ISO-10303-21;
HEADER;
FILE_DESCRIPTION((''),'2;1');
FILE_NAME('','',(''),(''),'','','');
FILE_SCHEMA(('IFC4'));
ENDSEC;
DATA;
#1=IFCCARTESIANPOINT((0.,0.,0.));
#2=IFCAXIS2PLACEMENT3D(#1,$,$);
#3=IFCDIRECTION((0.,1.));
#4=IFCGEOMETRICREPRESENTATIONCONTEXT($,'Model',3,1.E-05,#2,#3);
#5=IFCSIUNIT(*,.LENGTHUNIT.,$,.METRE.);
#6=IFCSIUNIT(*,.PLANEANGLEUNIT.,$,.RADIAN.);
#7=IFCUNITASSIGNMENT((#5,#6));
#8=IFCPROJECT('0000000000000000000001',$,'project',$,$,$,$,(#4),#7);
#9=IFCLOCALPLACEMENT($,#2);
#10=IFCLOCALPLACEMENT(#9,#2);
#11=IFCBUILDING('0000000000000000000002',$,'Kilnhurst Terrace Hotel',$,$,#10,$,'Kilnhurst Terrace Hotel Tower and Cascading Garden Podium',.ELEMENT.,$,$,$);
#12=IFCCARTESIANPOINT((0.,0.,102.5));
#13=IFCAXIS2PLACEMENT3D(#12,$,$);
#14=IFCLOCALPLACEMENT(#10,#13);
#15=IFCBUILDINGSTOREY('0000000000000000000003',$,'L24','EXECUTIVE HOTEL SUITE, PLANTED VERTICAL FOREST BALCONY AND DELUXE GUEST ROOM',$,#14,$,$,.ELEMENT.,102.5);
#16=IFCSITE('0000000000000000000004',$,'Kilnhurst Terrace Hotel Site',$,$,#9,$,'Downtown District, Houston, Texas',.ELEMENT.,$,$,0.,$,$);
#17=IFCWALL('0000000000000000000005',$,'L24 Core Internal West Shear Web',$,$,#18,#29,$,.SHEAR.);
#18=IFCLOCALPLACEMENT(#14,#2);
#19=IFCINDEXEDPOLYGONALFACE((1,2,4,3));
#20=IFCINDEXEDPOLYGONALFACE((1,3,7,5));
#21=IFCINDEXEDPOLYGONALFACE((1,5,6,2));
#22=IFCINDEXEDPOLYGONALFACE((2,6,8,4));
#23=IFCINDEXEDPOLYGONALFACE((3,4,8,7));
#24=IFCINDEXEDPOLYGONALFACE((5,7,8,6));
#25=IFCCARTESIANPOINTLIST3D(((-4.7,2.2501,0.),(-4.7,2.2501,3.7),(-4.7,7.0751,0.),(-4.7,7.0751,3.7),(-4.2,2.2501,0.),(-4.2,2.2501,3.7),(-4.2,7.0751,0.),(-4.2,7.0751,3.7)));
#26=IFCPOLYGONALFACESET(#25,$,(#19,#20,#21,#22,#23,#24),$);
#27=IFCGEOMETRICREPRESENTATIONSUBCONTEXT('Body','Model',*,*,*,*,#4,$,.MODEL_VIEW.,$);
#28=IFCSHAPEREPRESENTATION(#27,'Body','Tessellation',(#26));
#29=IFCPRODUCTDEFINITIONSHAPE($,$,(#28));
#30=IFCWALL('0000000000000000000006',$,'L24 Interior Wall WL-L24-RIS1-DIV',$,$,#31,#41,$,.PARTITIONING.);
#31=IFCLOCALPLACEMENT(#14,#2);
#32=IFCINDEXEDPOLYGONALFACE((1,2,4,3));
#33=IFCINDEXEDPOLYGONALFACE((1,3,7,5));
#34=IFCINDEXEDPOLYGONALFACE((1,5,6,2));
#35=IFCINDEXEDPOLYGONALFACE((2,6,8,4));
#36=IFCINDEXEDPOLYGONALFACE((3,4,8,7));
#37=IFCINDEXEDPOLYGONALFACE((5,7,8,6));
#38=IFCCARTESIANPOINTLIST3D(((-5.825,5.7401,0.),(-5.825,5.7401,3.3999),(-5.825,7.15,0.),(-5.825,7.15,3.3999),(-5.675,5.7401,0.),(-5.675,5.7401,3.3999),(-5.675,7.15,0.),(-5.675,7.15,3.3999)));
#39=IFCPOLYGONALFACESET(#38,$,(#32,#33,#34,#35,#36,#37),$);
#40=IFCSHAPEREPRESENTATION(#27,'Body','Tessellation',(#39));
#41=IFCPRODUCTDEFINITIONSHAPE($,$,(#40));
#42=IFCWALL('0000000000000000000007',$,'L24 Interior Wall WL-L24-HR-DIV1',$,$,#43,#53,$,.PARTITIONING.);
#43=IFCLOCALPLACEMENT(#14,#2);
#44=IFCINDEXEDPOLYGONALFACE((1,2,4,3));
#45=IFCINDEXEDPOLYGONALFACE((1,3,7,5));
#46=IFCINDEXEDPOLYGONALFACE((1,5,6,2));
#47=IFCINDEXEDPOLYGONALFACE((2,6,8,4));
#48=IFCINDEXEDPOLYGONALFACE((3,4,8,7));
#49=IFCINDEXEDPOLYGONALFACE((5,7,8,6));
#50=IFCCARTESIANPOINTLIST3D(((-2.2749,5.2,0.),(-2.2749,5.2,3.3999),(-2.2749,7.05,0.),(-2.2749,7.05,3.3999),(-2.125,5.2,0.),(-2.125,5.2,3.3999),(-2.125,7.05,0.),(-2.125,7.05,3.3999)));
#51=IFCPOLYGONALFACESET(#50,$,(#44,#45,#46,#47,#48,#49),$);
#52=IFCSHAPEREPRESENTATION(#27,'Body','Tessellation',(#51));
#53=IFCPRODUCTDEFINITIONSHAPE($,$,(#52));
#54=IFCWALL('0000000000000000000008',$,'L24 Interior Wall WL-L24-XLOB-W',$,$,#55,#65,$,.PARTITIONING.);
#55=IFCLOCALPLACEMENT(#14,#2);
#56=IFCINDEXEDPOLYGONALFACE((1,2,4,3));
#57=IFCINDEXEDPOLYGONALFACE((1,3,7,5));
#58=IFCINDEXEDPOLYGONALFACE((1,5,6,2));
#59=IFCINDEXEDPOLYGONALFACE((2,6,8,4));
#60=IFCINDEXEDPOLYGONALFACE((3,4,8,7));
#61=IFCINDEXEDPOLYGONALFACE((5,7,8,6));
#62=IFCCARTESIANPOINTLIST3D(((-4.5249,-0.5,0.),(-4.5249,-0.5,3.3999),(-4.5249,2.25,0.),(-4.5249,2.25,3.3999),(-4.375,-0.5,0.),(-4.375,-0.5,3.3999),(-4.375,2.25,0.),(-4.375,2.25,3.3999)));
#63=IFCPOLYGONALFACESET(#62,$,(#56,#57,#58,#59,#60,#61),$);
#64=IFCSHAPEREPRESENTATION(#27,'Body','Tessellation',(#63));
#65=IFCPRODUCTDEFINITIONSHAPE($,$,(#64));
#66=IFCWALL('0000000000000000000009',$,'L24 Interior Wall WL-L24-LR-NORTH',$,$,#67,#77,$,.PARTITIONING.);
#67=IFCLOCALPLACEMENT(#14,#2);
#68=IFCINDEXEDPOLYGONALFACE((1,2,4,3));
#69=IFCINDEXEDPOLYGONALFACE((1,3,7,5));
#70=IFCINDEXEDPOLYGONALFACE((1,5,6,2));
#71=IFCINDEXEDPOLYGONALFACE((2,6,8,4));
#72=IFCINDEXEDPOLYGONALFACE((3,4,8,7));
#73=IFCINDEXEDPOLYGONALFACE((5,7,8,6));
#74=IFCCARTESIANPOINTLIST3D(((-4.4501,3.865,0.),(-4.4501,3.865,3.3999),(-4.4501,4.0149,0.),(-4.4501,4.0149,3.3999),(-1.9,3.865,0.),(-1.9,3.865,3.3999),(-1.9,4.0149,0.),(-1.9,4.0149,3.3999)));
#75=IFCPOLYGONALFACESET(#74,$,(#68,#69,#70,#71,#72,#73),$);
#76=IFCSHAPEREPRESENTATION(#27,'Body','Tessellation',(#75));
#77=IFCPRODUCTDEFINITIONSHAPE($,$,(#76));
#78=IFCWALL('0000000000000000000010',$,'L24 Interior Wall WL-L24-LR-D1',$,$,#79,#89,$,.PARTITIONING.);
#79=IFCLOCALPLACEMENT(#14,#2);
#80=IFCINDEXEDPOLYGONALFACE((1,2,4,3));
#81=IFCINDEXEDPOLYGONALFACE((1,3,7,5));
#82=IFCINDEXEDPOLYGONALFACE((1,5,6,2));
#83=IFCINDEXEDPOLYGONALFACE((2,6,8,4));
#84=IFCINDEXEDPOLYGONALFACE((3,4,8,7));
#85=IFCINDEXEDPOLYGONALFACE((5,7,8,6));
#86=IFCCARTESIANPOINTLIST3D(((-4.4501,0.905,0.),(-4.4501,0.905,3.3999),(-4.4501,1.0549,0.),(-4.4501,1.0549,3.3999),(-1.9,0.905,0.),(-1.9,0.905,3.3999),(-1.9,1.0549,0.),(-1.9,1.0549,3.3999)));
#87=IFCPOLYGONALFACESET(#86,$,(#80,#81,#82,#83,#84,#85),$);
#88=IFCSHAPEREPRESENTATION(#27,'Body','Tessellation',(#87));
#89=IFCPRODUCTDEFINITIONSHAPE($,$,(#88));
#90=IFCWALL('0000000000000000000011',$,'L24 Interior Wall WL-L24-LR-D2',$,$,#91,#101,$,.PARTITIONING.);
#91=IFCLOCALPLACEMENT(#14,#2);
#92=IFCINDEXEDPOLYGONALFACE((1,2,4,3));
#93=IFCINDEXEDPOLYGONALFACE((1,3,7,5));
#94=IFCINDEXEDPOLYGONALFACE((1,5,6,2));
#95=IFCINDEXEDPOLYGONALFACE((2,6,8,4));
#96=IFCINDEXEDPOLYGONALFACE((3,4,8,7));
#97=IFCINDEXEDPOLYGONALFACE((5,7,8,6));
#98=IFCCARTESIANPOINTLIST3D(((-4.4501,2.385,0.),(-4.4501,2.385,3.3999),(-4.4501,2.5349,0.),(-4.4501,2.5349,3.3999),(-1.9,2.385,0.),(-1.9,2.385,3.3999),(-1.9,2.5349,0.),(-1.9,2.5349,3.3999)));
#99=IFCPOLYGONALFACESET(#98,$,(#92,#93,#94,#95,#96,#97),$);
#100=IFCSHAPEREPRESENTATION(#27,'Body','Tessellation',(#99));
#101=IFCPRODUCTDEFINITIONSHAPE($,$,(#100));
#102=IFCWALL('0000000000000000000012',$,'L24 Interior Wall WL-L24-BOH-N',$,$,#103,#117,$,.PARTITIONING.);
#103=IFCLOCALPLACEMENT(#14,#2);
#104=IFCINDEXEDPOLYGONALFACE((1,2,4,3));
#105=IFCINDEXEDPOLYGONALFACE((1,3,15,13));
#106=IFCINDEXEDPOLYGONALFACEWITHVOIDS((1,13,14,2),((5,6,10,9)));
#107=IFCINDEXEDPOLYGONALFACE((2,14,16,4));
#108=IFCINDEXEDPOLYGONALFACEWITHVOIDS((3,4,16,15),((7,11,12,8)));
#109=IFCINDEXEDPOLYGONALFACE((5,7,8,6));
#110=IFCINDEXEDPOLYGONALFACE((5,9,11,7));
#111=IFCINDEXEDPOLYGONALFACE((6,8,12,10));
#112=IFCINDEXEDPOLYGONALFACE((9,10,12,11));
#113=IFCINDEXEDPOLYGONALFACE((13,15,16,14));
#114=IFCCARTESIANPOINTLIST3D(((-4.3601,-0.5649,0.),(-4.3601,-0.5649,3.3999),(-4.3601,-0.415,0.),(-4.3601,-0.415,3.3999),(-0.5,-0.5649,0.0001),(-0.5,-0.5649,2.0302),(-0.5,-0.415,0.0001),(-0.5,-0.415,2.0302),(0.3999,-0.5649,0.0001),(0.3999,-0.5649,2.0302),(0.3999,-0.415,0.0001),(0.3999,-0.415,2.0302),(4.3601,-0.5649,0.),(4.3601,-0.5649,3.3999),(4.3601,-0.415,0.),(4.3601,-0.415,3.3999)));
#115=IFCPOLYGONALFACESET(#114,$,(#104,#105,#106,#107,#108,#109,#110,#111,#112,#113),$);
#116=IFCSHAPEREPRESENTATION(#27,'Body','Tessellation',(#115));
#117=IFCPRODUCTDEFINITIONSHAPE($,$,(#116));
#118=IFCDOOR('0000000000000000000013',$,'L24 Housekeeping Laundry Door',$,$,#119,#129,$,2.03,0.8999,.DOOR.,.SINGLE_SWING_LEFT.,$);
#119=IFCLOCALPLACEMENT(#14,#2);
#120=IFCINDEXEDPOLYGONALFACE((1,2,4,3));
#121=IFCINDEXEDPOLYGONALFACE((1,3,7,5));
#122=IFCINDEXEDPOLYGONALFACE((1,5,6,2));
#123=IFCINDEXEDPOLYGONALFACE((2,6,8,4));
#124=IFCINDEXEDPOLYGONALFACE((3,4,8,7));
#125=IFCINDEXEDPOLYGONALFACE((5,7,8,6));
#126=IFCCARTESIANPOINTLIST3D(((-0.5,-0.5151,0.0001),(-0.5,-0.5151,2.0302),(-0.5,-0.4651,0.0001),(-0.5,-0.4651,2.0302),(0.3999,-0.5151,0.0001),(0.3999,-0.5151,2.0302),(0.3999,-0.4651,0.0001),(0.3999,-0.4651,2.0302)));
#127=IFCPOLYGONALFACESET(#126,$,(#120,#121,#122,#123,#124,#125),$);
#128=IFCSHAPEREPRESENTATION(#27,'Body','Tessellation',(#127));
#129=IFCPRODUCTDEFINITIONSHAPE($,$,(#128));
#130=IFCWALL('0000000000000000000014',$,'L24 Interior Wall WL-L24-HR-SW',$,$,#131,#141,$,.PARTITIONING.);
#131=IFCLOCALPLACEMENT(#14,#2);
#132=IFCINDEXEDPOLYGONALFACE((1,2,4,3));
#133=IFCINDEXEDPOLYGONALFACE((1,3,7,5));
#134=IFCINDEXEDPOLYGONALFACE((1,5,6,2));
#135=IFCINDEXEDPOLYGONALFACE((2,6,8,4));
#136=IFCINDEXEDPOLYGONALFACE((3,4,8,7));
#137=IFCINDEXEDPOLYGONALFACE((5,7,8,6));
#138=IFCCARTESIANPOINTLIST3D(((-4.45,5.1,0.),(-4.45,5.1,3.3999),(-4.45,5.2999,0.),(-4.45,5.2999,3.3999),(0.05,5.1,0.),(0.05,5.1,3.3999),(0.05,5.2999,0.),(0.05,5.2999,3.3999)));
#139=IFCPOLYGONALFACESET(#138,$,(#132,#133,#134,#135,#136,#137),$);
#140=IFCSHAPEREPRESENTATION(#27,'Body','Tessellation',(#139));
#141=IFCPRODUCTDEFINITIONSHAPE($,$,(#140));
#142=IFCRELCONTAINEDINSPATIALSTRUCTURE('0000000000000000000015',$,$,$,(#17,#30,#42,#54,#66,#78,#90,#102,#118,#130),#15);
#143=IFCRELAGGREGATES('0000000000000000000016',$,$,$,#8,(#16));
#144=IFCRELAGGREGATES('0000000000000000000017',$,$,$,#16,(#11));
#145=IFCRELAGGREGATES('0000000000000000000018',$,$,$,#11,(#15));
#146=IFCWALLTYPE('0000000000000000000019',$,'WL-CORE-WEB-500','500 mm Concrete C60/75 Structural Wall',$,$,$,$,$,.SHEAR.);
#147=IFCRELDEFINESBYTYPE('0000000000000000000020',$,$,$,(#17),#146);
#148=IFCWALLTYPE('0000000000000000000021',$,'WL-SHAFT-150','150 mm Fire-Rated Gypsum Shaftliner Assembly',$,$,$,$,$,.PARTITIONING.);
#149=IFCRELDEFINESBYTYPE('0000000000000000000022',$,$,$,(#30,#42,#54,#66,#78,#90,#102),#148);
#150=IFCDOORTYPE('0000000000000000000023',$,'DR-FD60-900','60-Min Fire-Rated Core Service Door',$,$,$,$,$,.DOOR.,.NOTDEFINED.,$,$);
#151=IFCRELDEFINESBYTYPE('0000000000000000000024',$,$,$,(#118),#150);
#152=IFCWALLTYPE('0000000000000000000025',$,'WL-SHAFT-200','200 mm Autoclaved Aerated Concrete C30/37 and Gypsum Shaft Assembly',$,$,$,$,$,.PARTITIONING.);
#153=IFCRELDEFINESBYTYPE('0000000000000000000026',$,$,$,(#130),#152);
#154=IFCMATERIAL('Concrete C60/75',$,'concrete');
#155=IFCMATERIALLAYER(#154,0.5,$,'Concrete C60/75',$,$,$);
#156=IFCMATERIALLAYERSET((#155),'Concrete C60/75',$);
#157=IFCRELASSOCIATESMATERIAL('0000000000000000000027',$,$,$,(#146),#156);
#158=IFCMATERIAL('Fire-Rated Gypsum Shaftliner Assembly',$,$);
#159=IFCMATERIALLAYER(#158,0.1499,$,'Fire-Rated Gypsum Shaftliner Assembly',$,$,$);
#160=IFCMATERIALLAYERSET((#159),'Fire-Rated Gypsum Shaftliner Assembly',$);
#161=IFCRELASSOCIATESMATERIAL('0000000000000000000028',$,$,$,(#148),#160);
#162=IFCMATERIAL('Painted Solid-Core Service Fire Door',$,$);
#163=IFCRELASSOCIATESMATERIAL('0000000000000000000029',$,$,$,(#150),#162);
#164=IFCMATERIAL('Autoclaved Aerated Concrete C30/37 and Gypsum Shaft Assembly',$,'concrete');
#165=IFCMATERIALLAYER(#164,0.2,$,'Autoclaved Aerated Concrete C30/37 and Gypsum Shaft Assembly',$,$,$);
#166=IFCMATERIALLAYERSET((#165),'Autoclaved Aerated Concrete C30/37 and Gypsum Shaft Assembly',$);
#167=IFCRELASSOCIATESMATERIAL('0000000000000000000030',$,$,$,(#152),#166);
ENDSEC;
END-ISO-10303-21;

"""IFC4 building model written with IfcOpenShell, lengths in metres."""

from ifc_helpers import new_model, si_unit, direction, frame, frame_2d, origin, place, context, subcontext, project, spatial, rectangle, extrude, material, layer, layer_set, type_object, element, fill, save


model = new_model("IFC4")

# Units and contexts
model_context = context("Model", 3, precision=1e-05, world=origin(), true_north=direction((0.0, 1.0)))
body_context = subcontext(model_context, "Body", "Model", "MODEL_VIEW")
ifc_project = project(units=[si_unit("LENGTHUNIT", "METRE"), si_unit("PLANEANGLEUNIT", "RADIAN")], contexts=[model_context])

# Site, building, storey
site_placement = place(None, origin())
site = spatial("IfcSite", under=ifc_project, at=site_placement, Name="Kilnhurst Terrace Hotel Site", LongName="Downtown District, Houston, Texas", CompositionType="ELEMENT", RefElevation=0.0)
building_placement = place(site_placement, origin())
building = spatial("IfcBuilding", under=site, at=building_placement, Name="Kilnhurst Terrace Hotel", LongName="Kilnhurst Terrace Hotel Tower and Cascading Garden Podium", CompositionType="ELEMENT")
storey_placement = place(building_placement, frame((0.0, 0.0, 102.5)))
storey = spatial("IfcBuildingStorey", under=building, at=storey_placement, Name="L24", Description="EXECUTIVE HOTEL SUITE, PLANTED VERTICAL FOREST BALCONY AND DELUXE GUEST ROOM", CompositionType="ELEMENT", Elevation=102.5)

# Walls
ifc_material_1 = material(Name="Concrete C60/75", Category="concrete")
ifc_layer_1 = layer(ifc_material_1, 0.5, Name="Concrete C60/75")
ifc_layer_set_1 = layer_set([ifc_layer_1], Name="Concrete C60/75")
wall_type_1 = type_object("IfcWallType", Name="WL-CORE-WEB-500", Description="500 mm Concrete C60/75 Structural Wall", PredefinedType="SHEAR", material=ifc_layer_set_1)
wall_1_placement = place(storey_placement, frame((-4.45, 2.25, 0.0), z_axis=(0.0, 0.0, 1.0), x_axis=(0.0, 1.0, 0.0)))
element("IfcWall", 1, at=wall_1_placement, inside=storey, type_object=wall_type_1, Name="L24 Core Internal West Shear Web", PredefinedType="SHEAR", context=body_context, shape_type="SweptSolid", body=[
    extrude(rectangle(XDim=4.825, YDim=0.5, at=frame_2d((2.4126, 0.0))), origin(), (0.0, 0.0, 1.0), 3.7),
])
ifc_material_2 = material(Name="Fire-Rated Gypsum Shaftliner Assembly")
ifc_layer_2 = layer(ifc_material_2, 0.1499, Name="Fire-Rated Gypsum Shaftliner Assembly")
ifc_layer_set_2 = layer_set([ifc_layer_2], Name="Fire-Rated Gypsum Shaftliner Assembly")
wall_type_2 = type_object("IfcWallType", Name="WL-SHAFT-150", Description="150 mm Fire-Rated Gypsum Shaftliner Assembly", PredefinedType="PARTITIONING", material=ifc_layer_set_2)
wall_2_placement = place(storey_placement, frame((-5.75, 5.74, 0.0), z_axis=(0.0, 0.0, 1.0), x_axis=(0.0, 1.0, 0.0)))
element("IfcWall", 2, at=wall_2_placement, inside=storey, type_object=wall_type_2, Name="L24 Interior Wall WL-L24-RIS1-DIV", PredefinedType="PARTITIONING", context=body_context, shape_type="SweptSolid", body=[
    extrude(rectangle(XDim=1.4099, YDim=0.1499, at=frame_2d((0.7051, 0.0))), origin(), (0.0, 0.0, 1.0), 3.3999),
])
wall_3_placement = place(storey_placement, frame((-2.2, 5.2, 0.0), z_axis=(0.0, 0.0, 1.0), x_axis=(0.0, 1.0, 0.0)))
element("IfcWall", 3, at=wall_3_placement, inside=storey, type_object=wall_type_2, Name="L24 Interior Wall WL-L24-HR-DIV1", PredefinedType="PARTITIONING", context=body_context, shape_type="SweptSolid", body=[
    extrude(rectangle(XDim=1.8501, YDim=0.1499, at=frame_2d((0.925, 0.0))), origin(), (0.0, 0.0, 1.0), 3.3999),
])
wall_4_placement = place(storey_placement, frame((-4.45, -0.5, 0.0), z_axis=(0.0, 0.0, 1.0), x_axis=(0.0, 1.0, 0.0)))
element("IfcWall", 4, at=wall_4_placement, inside=storey, type_object=wall_type_2, Name="L24 Interior Wall WL-L24-XLOB-W", PredefinedType="PARTITIONING", context=body_context, shape_type="SweptSolid", body=[
    extrude(rectangle(XDim=2.75, YDim=0.1499, at=frame_2d((1.375, 0.0))), origin(), (0.0, 0.0, 1.0), 3.3999),
])
for number, where, z_axis, x_axis, name in (
    (5, (-4.45, 3.9399, 0.0), (0.0, 0.0, 1.0), (1.0, 0.0, 0.0), "L24 Interior Wall WL-L24-LR-NORTH"),
    (6, (-4.45, 0.98, 0.0), (0.0, 0.0, 1.0), (1.0, 0.0, 0.0), "L24 Interior Wall WL-L24-LR-D1"),
    (7, (-4.45, 2.46, 0.0), (0.0, 0.0, 1.0), (1.0, 0.0, 0.0), "L24 Interior Wall WL-L24-LR-D2"),
):
    element("IfcWall", number, at=place(storey_placement, frame(where, z_axis=z_axis, x_axis=x_axis)), inside=storey, type_object=wall_type_2, Name=name, PredefinedType="PARTITIONING", context=body_context, shape_type="SweptSolid", body=[
        extrude(rectangle(XDim=2.55, YDim=0.1499, at=frame_2d((1.2749, 0.0))), origin(), (0.0, 0.0, 1.0), 3.3999),
    ])

# Wall, opening, door
wall_5_placement = place(storey_placement, frame((-4.3601, -0.49, 0.0), z_axis=(0.0, 0.0, 1.0), x_axis=(1.0, 0.0, 0.0)))
wall_5 = element("IfcWall", 8, at=wall_5_placement, inside=storey, type_object=wall_type_2, Name="L24 Interior Wall WL-L24-BOH-N", PredefinedType="PARTITIONING", context=body_context, shape_type="SweptSolid", body=[
    extrude(rectangle(XDim=8.7202, YDim=0.1499, at=frame_2d((4.3601, 0.0))), origin(), (0.0, 0.0, 1.0), 3.3999),
])
opening_1_placement = place(wall_5_placement, frame((3.8601, 0.0, 0.0)))
opening_1 = element("IfcOpeningElement", 9, at=opening_1_placement, cuts=wall_5, PredefinedType="OPENING", context=body_context, shape_type="SweptSolid", body=[
    extrude(rectangle(XDim=0.8999, YDim=2.03, at=frame_2d((0.45, 1.0151))), frame((0.0, 0.085, 0.0), z_axis=(0.0, -1.0, 0.0), x_axis=(1.0, 0.0, 0.0)), (0.0, 0.0, 1.0), 0.1699),
])
ifc_material_3 = material(Name="Painted Solid-Core Service Fire Door")
door_type_1 = type_object("IfcDoorType", Name="DR-FD60-900", Description="60-Min Fire-Rated Core Service Door", OperationType="NOTDEFINED", PredefinedType="DOOR", material=ifc_material_3)
door_1_placement = place(opening_1_placement, origin())
door_1 = element("IfcDoor", 10, at=door_1_placement, inside=storey, type_object=door_type_1, Name="L24 Housekeeping Laundry Door", OperationType="SINGLE_SWING_LEFT", OverallHeight=2.03, OverallWidth=0.8999, PredefinedType="DOOR", context=body_context, shape_type="SweptSolid", body=[
    extrude(rectangle(XDim=0.8999, YDim=2.03, at=frame_2d((0.45, 1.0151))), frame((0.0, 0.0249, 0.0), z_axis=(0.0, -1.0, 0.0), x_axis=(1.0, 0.0, 0.0)), (0.0, 0.0, 1.0), 0.05),
])
fill(opening_1, door_1)

# Wall
ifc_material_4 = material(Name="Autoclaved Aerated Concrete C30/37 and Gypsum Shaft Assembly", Category="concrete")
ifc_layer_3 = layer(ifc_material_4, 0.2, Name="Autoclaved Aerated Concrete C30/37 and Gypsum Shaft Assembly")
ifc_layer_set_3 = layer_set([ifc_layer_3], Name="Autoclaved Aerated Concrete C30/37 and Gypsum Shaft Assembly")
wall_type_3 = type_object("IfcWallType", Name="WL-SHAFT-200", Description="200 mm Autoclaved Aerated Concrete C30/37 and Gypsum Shaft Assembly", PredefinedType="PARTITIONING", material=ifc_layer_set_3)
wall_6_placement = place(storey_placement, frame((-4.45, 5.2, 0.0), z_axis=(0.0, 0.0, 1.0), x_axis=(1.0, 0.0, 0.0)))
element("IfcWall", 11, at=wall_6_placement, inside=storey, type_object=wall_type_3, Name="L24 Interior Wall WL-L24-HR-SW", PredefinedType="PARTITIONING", context=body_context, shape_type="SweptSolid", body=[
    extrude(rectangle(XDim=4.5, YDim=0.2, at=frame_2d((2.25, 0.0))), origin(), (0.0, 0.0, 1.0), 3.3999),
])

save(model, "model.ifc")
